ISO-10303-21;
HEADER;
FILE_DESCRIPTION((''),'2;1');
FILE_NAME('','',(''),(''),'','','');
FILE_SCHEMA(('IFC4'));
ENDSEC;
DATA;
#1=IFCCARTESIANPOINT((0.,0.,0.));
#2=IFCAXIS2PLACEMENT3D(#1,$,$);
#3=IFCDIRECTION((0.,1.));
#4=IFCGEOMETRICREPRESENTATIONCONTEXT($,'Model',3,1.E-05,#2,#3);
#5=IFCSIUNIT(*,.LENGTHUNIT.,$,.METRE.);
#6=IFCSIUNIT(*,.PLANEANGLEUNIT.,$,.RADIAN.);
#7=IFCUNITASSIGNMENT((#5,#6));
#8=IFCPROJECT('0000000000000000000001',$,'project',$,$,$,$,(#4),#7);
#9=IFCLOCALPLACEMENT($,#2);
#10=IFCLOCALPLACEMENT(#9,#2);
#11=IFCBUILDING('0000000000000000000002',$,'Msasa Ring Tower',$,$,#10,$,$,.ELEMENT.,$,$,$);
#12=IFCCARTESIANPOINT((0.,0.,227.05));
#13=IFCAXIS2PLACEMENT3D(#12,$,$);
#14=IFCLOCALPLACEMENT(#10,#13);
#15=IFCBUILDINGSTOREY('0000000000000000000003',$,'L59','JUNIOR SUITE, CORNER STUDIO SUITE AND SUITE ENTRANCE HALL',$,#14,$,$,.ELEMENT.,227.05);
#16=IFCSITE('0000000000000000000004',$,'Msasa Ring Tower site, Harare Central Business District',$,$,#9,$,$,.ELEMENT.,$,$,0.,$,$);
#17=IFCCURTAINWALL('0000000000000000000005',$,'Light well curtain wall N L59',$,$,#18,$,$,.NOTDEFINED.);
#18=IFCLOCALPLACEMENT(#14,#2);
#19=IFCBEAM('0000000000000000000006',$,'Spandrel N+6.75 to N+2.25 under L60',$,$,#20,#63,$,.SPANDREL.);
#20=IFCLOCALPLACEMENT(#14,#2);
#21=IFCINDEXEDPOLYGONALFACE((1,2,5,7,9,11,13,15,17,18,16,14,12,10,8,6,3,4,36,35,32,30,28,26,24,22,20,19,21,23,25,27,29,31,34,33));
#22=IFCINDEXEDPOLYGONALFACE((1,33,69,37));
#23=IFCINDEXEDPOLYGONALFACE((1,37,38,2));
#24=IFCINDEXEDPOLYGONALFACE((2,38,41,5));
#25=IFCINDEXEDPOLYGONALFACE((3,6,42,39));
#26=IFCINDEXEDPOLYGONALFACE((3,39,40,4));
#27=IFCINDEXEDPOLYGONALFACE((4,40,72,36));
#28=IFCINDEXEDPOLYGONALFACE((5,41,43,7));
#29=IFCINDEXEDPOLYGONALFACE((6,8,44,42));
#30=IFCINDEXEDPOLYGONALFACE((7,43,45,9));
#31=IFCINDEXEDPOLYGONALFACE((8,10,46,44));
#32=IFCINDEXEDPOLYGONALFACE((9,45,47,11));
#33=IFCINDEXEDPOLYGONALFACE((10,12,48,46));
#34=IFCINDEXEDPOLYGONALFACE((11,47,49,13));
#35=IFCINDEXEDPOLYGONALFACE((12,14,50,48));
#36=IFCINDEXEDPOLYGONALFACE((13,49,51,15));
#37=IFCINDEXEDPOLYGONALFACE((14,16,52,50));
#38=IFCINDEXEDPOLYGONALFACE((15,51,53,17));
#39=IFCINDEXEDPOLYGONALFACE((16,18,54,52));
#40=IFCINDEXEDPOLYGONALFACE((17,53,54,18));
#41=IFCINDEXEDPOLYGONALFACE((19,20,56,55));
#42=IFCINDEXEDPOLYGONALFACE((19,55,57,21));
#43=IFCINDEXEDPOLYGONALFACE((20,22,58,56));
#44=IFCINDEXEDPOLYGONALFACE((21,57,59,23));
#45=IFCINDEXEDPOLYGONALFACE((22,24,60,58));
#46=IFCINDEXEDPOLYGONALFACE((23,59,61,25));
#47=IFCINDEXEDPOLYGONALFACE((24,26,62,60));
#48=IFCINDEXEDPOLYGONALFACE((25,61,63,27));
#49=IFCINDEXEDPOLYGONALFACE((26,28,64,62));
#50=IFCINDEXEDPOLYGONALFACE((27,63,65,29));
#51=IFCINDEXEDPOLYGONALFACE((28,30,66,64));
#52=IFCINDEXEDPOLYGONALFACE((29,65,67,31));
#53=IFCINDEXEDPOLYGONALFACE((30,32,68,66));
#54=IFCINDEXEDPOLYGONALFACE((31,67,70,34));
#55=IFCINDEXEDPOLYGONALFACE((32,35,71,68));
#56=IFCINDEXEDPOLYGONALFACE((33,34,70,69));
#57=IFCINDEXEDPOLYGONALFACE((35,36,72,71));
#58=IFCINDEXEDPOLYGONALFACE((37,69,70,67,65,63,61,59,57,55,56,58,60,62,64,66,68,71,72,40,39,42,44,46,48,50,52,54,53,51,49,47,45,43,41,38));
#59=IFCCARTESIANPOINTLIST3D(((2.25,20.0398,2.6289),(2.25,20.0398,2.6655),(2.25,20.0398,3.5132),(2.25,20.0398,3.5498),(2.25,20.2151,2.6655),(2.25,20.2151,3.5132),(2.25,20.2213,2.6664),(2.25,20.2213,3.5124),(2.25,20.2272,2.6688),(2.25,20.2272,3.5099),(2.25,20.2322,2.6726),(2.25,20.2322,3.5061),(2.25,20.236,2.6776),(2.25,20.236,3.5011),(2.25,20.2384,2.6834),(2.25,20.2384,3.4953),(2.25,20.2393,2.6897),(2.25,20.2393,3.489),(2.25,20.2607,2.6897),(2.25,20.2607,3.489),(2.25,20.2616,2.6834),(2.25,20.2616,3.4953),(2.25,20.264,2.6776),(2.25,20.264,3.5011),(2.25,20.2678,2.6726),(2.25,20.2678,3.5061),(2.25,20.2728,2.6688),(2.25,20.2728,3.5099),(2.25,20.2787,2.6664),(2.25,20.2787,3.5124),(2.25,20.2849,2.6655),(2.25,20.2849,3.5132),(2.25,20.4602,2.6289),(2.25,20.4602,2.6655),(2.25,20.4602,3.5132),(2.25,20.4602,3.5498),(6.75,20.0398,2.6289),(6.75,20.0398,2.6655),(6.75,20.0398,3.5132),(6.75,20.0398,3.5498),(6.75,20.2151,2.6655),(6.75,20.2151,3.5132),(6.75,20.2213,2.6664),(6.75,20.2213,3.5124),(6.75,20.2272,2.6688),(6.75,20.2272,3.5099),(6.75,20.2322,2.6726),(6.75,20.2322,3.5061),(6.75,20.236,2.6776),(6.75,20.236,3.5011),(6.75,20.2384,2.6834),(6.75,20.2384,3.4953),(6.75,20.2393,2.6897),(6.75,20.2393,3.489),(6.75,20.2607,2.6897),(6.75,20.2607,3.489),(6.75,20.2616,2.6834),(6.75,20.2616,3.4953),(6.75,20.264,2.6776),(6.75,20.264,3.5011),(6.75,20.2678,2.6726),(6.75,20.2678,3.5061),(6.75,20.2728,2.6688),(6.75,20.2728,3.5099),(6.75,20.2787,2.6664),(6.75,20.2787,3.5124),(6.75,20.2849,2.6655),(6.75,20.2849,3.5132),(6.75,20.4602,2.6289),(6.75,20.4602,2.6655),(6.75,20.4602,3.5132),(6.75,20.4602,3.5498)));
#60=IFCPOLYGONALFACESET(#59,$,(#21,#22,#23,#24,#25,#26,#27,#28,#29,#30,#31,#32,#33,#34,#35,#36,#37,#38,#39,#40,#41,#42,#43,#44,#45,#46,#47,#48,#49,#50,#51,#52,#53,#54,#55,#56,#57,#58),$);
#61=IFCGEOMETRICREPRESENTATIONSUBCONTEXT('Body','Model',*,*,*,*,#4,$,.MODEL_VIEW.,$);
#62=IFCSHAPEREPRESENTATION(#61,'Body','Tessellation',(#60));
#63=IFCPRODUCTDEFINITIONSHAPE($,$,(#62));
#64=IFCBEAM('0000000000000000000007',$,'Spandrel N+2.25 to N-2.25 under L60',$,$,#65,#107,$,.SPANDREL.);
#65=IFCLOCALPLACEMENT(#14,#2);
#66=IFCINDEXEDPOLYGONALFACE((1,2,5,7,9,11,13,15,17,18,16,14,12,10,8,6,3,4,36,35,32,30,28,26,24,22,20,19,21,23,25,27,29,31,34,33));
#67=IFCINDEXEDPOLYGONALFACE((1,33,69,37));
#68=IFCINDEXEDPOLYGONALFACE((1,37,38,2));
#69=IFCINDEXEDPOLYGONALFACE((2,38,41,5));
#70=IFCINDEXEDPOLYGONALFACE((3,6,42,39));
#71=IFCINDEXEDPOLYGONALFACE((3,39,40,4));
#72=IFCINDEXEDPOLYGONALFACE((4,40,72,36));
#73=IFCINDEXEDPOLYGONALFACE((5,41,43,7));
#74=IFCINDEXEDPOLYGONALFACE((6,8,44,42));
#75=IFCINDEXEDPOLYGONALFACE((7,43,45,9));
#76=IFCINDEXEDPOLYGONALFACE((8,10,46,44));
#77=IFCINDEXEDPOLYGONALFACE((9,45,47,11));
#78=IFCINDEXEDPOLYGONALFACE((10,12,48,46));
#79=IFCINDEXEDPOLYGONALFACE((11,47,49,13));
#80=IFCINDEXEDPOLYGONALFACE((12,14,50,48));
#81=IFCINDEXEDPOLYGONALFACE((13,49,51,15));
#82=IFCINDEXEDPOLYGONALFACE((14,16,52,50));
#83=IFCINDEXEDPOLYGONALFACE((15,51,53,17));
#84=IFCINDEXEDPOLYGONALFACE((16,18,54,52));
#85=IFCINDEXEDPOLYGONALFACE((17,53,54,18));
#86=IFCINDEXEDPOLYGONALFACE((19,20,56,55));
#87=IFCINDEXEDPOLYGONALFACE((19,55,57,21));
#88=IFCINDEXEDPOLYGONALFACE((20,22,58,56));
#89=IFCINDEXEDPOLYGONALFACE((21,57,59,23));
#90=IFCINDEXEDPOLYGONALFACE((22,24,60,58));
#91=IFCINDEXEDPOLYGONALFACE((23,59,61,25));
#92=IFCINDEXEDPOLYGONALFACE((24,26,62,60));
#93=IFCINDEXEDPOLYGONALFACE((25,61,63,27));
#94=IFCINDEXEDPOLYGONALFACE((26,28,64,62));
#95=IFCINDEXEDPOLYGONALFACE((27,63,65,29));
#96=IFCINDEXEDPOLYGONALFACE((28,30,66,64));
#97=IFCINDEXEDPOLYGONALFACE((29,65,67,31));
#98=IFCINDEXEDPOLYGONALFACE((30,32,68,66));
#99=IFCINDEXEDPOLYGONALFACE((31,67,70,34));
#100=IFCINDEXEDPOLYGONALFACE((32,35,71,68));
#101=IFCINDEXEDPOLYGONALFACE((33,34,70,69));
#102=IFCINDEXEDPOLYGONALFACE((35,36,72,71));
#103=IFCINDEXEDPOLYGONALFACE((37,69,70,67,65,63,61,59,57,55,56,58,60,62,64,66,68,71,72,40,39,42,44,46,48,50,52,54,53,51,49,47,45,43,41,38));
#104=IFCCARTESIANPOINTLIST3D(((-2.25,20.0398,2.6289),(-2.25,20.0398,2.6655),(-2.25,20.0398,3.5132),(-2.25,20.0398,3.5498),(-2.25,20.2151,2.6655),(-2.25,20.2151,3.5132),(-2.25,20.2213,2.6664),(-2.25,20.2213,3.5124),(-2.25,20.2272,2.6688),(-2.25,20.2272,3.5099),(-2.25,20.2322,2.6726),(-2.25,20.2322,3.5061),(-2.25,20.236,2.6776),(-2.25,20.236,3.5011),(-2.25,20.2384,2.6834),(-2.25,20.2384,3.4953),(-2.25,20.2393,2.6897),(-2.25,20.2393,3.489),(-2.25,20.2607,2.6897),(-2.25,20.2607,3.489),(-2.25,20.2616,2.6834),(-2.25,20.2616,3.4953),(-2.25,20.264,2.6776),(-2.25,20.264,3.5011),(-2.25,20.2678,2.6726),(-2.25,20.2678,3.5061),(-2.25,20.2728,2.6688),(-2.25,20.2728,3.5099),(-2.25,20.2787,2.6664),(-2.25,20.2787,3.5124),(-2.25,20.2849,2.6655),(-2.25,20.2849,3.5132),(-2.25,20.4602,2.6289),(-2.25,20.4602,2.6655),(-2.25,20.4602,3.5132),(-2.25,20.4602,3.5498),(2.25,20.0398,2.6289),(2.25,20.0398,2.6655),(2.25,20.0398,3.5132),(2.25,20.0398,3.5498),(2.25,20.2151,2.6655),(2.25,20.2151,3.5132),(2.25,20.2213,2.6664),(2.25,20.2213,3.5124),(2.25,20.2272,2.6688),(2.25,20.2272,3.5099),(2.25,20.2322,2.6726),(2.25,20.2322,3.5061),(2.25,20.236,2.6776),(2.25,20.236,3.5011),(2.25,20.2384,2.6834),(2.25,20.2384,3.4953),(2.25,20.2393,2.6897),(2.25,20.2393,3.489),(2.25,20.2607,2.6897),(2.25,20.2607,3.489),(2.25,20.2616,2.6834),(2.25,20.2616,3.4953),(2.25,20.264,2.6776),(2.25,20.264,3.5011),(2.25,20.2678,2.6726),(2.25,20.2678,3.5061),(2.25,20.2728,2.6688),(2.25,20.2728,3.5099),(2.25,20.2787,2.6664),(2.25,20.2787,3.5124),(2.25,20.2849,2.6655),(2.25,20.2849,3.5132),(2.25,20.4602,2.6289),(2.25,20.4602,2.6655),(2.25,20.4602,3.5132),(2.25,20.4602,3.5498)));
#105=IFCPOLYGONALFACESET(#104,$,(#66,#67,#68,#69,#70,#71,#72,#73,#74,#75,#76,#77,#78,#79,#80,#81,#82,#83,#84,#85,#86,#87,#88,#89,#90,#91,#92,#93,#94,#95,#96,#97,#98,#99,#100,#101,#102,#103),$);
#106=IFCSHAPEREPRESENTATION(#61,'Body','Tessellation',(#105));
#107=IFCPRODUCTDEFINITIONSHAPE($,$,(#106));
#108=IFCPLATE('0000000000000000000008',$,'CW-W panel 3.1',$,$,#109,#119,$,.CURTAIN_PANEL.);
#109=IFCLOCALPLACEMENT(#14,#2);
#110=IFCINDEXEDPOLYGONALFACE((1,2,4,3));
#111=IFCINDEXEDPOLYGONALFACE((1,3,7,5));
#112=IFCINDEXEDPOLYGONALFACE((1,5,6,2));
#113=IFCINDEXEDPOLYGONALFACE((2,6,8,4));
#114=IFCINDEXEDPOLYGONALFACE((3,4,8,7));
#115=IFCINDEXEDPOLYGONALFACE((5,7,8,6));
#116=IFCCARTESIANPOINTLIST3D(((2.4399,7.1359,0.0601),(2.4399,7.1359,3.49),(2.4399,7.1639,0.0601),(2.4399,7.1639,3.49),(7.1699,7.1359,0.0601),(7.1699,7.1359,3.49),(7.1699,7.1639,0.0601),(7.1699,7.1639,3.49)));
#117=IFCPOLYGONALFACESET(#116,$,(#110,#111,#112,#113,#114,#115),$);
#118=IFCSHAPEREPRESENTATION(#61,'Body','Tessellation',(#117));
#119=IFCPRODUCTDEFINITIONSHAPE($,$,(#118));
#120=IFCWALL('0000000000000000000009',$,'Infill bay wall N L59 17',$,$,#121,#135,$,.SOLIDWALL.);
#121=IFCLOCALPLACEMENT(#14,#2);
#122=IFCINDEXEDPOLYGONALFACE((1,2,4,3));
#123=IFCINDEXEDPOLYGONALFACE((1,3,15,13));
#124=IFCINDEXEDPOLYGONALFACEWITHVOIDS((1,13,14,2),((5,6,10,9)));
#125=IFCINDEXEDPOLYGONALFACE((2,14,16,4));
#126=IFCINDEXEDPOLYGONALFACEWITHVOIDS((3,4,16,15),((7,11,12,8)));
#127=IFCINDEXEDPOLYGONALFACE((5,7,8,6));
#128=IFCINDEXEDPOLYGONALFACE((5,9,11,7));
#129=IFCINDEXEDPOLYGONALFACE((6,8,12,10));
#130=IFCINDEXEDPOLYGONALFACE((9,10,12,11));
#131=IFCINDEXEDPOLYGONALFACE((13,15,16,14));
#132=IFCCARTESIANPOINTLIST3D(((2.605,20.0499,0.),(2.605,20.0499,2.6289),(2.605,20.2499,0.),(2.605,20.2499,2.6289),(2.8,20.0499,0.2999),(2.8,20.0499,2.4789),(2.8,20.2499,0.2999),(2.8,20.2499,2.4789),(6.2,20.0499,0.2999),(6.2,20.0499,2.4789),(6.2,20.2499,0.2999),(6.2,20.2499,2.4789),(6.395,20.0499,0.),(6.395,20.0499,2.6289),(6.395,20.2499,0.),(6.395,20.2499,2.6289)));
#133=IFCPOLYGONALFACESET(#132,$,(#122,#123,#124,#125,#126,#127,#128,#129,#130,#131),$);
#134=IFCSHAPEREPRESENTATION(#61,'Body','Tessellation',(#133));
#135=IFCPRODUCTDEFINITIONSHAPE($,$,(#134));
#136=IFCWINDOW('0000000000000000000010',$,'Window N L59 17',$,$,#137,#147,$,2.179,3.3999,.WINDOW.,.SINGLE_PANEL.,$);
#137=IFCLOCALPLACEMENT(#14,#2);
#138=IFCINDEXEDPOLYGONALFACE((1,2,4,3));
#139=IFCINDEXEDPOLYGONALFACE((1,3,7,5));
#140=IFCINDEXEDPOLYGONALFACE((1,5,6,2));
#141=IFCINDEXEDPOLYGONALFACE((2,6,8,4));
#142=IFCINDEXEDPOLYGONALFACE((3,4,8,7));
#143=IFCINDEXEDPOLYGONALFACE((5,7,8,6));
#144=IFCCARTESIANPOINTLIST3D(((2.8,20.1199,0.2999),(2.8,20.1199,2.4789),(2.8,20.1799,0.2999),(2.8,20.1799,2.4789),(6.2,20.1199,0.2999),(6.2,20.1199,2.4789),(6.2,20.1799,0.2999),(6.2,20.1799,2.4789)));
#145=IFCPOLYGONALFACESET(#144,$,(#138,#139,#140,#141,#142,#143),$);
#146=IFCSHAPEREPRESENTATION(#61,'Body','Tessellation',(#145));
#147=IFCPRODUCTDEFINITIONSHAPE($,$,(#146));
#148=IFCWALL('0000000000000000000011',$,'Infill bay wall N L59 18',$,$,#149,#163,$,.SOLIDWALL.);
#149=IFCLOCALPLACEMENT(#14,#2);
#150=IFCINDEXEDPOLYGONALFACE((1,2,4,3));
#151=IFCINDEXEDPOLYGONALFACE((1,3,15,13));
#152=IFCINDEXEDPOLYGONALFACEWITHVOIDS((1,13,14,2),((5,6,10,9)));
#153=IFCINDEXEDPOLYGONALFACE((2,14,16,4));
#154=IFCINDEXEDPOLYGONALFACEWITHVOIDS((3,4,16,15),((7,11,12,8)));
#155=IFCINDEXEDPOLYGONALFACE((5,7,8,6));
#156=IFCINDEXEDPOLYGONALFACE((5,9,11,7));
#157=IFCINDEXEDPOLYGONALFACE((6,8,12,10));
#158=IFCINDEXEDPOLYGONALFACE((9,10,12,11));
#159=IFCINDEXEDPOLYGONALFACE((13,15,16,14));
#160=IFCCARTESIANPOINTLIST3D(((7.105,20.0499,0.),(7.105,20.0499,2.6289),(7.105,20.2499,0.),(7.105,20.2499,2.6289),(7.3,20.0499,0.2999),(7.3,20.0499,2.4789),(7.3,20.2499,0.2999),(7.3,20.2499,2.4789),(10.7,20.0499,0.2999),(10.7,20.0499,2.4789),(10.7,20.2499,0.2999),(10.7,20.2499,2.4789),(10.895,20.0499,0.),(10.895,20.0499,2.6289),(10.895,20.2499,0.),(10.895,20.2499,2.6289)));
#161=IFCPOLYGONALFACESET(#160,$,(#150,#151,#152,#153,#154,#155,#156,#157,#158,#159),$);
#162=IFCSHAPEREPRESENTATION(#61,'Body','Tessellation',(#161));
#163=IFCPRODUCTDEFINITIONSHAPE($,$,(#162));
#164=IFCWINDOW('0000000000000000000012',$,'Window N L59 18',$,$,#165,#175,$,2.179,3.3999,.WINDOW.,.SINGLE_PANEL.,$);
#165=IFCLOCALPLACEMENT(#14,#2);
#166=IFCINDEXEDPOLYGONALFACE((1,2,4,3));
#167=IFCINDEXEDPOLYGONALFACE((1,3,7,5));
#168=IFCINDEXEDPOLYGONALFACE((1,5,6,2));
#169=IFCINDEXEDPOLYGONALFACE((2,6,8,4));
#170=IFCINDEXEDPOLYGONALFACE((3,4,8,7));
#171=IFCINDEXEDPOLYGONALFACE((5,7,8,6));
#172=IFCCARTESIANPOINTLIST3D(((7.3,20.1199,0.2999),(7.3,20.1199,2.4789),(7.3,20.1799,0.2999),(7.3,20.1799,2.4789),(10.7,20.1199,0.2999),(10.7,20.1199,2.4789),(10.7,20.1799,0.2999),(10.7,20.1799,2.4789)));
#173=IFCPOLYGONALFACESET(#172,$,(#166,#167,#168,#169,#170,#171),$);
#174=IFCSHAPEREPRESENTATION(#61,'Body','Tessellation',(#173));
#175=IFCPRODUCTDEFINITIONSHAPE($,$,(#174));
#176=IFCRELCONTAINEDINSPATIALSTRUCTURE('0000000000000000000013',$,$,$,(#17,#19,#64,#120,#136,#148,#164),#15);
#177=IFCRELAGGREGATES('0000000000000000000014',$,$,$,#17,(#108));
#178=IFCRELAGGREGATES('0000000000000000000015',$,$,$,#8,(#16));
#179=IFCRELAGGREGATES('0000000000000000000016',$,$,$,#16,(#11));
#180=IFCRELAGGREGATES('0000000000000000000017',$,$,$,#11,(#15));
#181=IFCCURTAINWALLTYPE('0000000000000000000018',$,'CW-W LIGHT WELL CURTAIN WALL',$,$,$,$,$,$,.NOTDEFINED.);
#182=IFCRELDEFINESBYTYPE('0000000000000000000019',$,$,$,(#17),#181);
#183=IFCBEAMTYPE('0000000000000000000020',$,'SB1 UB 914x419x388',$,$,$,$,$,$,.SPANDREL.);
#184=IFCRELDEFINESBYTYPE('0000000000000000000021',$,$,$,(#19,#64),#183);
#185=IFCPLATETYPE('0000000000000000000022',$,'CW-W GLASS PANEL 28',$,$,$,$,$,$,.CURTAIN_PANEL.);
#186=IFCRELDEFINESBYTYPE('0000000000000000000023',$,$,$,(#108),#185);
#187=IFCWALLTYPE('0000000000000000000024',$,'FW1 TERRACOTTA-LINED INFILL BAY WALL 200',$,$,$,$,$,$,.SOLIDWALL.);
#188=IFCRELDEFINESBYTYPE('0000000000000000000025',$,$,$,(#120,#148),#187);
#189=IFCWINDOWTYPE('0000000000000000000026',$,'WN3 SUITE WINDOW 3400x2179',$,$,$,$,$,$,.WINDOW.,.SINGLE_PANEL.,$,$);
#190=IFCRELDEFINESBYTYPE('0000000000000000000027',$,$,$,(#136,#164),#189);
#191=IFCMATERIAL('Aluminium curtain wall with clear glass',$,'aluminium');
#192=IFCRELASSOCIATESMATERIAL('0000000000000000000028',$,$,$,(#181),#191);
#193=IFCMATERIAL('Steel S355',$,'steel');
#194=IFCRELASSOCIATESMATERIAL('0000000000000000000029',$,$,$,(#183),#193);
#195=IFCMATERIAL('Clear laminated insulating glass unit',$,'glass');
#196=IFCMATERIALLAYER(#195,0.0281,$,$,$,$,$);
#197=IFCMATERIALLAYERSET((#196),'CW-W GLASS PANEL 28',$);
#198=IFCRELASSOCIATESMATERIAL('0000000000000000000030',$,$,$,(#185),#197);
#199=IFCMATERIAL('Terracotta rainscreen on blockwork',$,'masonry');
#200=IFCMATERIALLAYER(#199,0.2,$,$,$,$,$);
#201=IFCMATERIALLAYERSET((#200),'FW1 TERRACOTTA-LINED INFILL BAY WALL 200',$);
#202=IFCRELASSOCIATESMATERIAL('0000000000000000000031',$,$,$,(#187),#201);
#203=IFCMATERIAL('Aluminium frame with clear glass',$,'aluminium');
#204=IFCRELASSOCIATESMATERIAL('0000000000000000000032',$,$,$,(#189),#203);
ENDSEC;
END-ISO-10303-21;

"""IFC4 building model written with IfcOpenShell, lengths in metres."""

from ifc_helpers import new_model, si_unit, direction, frame, frame_2d, origin, origin_2d, place, context, subcontext, project, spatial, rectangle, i_section, extrude, material, layer, layer_set, material_profile, profile_set, type_object, element, fill, aggregate, save


model = new_model("IFC4")

# Units and contexts
model_context = context("Model", 3, precision=1e-05, world=origin(), true_north=direction((0.0, 1.0)))
body_context = subcontext(model_context, "Body", "Model", "MODEL_VIEW")
ifc_project = project(units=[si_unit("LENGTHUNIT", "METRE"), si_unit("PLANEANGLEUNIT", "RADIAN")], contexts=[model_context])

# Site, building, storey
site_placement = place(None, origin())
site = spatial("IfcSite", under=ifc_project, at=site_placement, Name="Msasa Ring Tower site, Harare Central Business District", CompositionType="ELEMENT", RefElevation=0.0)
building_placement = place(site_placement, origin())
building = spatial("IfcBuilding", under=site, at=building_placement, Name="Msasa Ring Tower", CompositionType="ELEMENT")
storey_placement = place(building_placement, frame((0.0, 0.0, 227.05)))
storey = spatial("IfcBuildingStorey", under=building, at=storey_placement, Name="L59", Description="JUNIOR SUITE, CORNER STUDIO SUITE AND SUITE ENTRANCE HALL", CompositionType="ELEMENT", Elevation=227.05)

# Curtain wall
ifc_material_1 = material(Name="Aluminium curtain wall with clear glass", Category="aluminium")
curtain_wall_type = type_object("IfcCurtainWallType", Name="CW-W LIGHT WELL CURTAIN WALL", PredefinedType="NOTDEFINED", material=ifc_material_1)
curtain_wall_1_placement = place(storey_placement, origin())
curtain_wall_1 = element("IfcCurtainWall", 1, at=curtain_wall_1_placement, inside=storey, type_object=curtain_wall_type, Name="Light well curtain wall N L59", PredefinedType="NOTDEFINED")

# Beams
ifc_material_2 = material(Name="Steel S355", Category="steel")
ifc_material_profile_1 = material_profile(ifc_material_2, i_section(OverallWidth=0.4204, OverallDepth=0.9209, WebThickness=0.0215, FlangeThickness=0.0366, FilletRadius=0.0242, at=origin_2d()), Name="UB 914x419x388")
ifc_profile_set_1 = profile_set([ifc_material_profile_1], Name="Steel S355")
beam_type_1 = type_object("IfcBeamType", Name="SB1 UB 914x419x388", PredefinedType="SPANDREL", material=ifc_profile_set_1)
for number, where, z_axis, x_axis, name in (
    (2, (6.75, 20.25, 3.0894), (-1.0, 0.0, 0.0), (0.0, -1.0, 0.0), "Spandrel N+6.75 to N+2.25 under L60"),
    (3, (2.25, 20.25, 3.0894), (-1.0, 0.0, 0.0), (0.0, -1.0, 0.0), "Spandrel N+2.25 to N-2.25 under L60"),
):
    element("IfcBeam", number, at=place(storey_placement, frame(where, z_axis=z_axis, x_axis=x_axis)), inside=storey, type_object=beam_type_1, Name=name, PredefinedType="SPANDREL", context=body_context, shape_type="SweptSolid", body=[
        extrude(i_section(OverallWidth=0.4204, OverallDepth=0.9209, WebThickness=0.0215, FlangeThickness=0.0366, FilletRadius=0.0242, at=origin_2d()), origin(), (0.0, 0.0, 1.0), 4.5),
    ])

# Plate
ifc_material_3 = material(Name="Clear laminated insulating glass unit", Category="glass")
ifc_layer_1 = layer(ifc_material_3, 0.0281)
ifc_layer_set_1 = layer_set([ifc_layer_1], Name="CW-W GLASS PANEL 28")
plate_type = type_object("IfcPlateType", Name="CW-W GLASS PANEL 28", PredefinedType="CURTAIN_PANEL", material=ifc_layer_set_1)
plate_placement = place(storey_placement, frame((4.8049, 7.1499, 0.0601), z_axis=(0.0, 0.0, 1.0), x_axis=(1.0, 0.0, 0.0)))
plate = element("IfcPlate", 4, at=plate_placement, type_object=plate_type, Name="CW-W panel 3.1", PredefinedType="CURTAIN_PANEL", context=body_context, shape_type="SweptSolid", body=[
    extrude(rectangle(XDim=4.73, YDim=0.0281, at=origin_2d()), origin(), (0.0, 0.0, 1.0), 3.4299),
])
aggregate(curtain_wall_1, [plate])

# Walls, openings, windows
ifc_material_4 = material(Name="Terracotta rainscreen on blockwork", Category="masonry")
ifc_layer_2 = layer(ifc_material_4, 0.2)
ifc_layer_set_2 = layer_set([ifc_layer_2], Name="FW1 TERRACOTTA-LINED INFILL BAY WALL 200")
wall_type_1 = type_object("IfcWallType", Name="FW1 TERRACOTTA-LINED INFILL BAY WALL 200", PredefinedType="SOLIDWALL", material=ifc_layer_set_2)
wall_1_placement = place(storey_placement, frame((2.605, 20.1499, 0.0), z_axis=(0.0, 0.0, 1.0), x_axis=(1.0, 0.0, 0.0)))
wall_1 = element("IfcWall", 5, at=wall_1_placement, inside=storey, type_object=wall_type_1, Name="Infill bay wall N L59 17", PredefinedType="SOLIDWALL", context=body_context, shape_type="SweptSolid", body=[
    extrude(rectangle(XDim=3.79, YDim=0.2, at=frame_2d((1.895, 0.0))), origin(), (0.0, 0.0, 1.0), 2.6289),
])
opening_1_placement = place(wall_1_placement, frame((0.1951, 0.0, 0.3)))
opening_1 = element("IfcOpeningElement", 6, at=opening_1_placement, cuts=wall_1, PredefinedType="OPENING", context=body_context, shape_type="SweptSolid", body=[
    extrude(rectangle(XDim=3.3999, YDim=2.179, at=frame_2d((1.7, 1.0894))), frame((0.0, 0.1099, 0.0), z_axis=(0.0, -1.0, 0.0), x_axis=(1.0, 0.0, 0.0)), (0.0, 0.0, 1.0), 0.22),
])
ifc_material_5 = material(Name="Aluminium frame with clear glass", Category="aluminium")
window_type = type_object("IfcWindowType", Name="WN3 SUITE WINDOW 3400x2179", PartitioningType="SINGLE_PANEL", PredefinedType="WINDOW", material=ifc_material_5)
window_1_placement = place(opening_1_placement, origin())
window_1 = element("IfcWindow", 7, at=window_1_placement, inside=storey, type_object=window_type, Name="Window N L59 17", OverallHeight=2.179, OverallWidth=3.3999, PartitioningType="SINGLE_PANEL", PredefinedType="WINDOW", context=body_context, shape_type="SweptSolid", body=[
    extrude(rectangle(XDim=3.3999, YDim=2.179, at=frame_2d((1.7, 1.0894))), frame((0.0, 0.03, 0.0), z_axis=(0.0, -1.0, 0.0), x_axis=(1.0, 0.0, 0.0)), (0.0, 0.0, 1.0), 0.0601),
])
fill(opening_1, window_1)
wall_2_placement = place(storey_placement, frame((7.105, 20.1499, 0.0), z_axis=(0.0, 0.0, 1.0), x_axis=(1.0, 0.0, 0.0)))
wall_2 = element("IfcWall", 8, at=wall_2_placement, inside=storey, type_object=wall_type_1, Name="Infill bay wall N L59 18", PredefinedType="SOLIDWALL", context=body_context, shape_type="SweptSolid", body=[
    extrude(rectangle(XDim=3.79, YDim=0.2, at=frame_2d((1.895, 0.0))), origin(), (0.0, 0.0, 1.0), 2.6289),
])
opening_2_placement = place(wall_2_placement, frame((0.1951, 0.0, 0.3)))
opening_2 = element("IfcOpeningElement", 9, at=opening_2_placement, cuts=wall_2, PredefinedType="OPENING", context=body_context, shape_type="SweptSolid", body=[
    extrude(rectangle(XDim=3.3999, YDim=2.179, at=frame_2d((1.7, 1.0894))), frame((0.0, 0.1099, 0.0), z_axis=(0.0, -1.0, 0.0), x_axis=(1.0, 0.0, 0.0)), (0.0, 0.0, 1.0), 0.22),
])
window_2_placement = place(opening_2_placement, origin())
window_2 = element("IfcWindow", 10, at=window_2_placement, inside=storey, type_object=window_type, Name="Window N L59 18", OverallHeight=2.179, OverallWidth=3.3999, PartitioningType="SINGLE_PANEL", PredefinedType="WINDOW", context=body_context, shape_type="SweptSolid", body=[
    extrude(rectangle(XDim=3.3999, YDim=2.179, at=frame_2d((1.7, 1.0894))), frame((0.0, 0.03, 0.0), z_axis=(0.0, -1.0, 0.0), x_axis=(1.0, 0.0, 0.0)), (0.0, 0.0, 1.0), 0.0601),
])
fill(opening_2, window_2)

save(model, "model.ifc")
